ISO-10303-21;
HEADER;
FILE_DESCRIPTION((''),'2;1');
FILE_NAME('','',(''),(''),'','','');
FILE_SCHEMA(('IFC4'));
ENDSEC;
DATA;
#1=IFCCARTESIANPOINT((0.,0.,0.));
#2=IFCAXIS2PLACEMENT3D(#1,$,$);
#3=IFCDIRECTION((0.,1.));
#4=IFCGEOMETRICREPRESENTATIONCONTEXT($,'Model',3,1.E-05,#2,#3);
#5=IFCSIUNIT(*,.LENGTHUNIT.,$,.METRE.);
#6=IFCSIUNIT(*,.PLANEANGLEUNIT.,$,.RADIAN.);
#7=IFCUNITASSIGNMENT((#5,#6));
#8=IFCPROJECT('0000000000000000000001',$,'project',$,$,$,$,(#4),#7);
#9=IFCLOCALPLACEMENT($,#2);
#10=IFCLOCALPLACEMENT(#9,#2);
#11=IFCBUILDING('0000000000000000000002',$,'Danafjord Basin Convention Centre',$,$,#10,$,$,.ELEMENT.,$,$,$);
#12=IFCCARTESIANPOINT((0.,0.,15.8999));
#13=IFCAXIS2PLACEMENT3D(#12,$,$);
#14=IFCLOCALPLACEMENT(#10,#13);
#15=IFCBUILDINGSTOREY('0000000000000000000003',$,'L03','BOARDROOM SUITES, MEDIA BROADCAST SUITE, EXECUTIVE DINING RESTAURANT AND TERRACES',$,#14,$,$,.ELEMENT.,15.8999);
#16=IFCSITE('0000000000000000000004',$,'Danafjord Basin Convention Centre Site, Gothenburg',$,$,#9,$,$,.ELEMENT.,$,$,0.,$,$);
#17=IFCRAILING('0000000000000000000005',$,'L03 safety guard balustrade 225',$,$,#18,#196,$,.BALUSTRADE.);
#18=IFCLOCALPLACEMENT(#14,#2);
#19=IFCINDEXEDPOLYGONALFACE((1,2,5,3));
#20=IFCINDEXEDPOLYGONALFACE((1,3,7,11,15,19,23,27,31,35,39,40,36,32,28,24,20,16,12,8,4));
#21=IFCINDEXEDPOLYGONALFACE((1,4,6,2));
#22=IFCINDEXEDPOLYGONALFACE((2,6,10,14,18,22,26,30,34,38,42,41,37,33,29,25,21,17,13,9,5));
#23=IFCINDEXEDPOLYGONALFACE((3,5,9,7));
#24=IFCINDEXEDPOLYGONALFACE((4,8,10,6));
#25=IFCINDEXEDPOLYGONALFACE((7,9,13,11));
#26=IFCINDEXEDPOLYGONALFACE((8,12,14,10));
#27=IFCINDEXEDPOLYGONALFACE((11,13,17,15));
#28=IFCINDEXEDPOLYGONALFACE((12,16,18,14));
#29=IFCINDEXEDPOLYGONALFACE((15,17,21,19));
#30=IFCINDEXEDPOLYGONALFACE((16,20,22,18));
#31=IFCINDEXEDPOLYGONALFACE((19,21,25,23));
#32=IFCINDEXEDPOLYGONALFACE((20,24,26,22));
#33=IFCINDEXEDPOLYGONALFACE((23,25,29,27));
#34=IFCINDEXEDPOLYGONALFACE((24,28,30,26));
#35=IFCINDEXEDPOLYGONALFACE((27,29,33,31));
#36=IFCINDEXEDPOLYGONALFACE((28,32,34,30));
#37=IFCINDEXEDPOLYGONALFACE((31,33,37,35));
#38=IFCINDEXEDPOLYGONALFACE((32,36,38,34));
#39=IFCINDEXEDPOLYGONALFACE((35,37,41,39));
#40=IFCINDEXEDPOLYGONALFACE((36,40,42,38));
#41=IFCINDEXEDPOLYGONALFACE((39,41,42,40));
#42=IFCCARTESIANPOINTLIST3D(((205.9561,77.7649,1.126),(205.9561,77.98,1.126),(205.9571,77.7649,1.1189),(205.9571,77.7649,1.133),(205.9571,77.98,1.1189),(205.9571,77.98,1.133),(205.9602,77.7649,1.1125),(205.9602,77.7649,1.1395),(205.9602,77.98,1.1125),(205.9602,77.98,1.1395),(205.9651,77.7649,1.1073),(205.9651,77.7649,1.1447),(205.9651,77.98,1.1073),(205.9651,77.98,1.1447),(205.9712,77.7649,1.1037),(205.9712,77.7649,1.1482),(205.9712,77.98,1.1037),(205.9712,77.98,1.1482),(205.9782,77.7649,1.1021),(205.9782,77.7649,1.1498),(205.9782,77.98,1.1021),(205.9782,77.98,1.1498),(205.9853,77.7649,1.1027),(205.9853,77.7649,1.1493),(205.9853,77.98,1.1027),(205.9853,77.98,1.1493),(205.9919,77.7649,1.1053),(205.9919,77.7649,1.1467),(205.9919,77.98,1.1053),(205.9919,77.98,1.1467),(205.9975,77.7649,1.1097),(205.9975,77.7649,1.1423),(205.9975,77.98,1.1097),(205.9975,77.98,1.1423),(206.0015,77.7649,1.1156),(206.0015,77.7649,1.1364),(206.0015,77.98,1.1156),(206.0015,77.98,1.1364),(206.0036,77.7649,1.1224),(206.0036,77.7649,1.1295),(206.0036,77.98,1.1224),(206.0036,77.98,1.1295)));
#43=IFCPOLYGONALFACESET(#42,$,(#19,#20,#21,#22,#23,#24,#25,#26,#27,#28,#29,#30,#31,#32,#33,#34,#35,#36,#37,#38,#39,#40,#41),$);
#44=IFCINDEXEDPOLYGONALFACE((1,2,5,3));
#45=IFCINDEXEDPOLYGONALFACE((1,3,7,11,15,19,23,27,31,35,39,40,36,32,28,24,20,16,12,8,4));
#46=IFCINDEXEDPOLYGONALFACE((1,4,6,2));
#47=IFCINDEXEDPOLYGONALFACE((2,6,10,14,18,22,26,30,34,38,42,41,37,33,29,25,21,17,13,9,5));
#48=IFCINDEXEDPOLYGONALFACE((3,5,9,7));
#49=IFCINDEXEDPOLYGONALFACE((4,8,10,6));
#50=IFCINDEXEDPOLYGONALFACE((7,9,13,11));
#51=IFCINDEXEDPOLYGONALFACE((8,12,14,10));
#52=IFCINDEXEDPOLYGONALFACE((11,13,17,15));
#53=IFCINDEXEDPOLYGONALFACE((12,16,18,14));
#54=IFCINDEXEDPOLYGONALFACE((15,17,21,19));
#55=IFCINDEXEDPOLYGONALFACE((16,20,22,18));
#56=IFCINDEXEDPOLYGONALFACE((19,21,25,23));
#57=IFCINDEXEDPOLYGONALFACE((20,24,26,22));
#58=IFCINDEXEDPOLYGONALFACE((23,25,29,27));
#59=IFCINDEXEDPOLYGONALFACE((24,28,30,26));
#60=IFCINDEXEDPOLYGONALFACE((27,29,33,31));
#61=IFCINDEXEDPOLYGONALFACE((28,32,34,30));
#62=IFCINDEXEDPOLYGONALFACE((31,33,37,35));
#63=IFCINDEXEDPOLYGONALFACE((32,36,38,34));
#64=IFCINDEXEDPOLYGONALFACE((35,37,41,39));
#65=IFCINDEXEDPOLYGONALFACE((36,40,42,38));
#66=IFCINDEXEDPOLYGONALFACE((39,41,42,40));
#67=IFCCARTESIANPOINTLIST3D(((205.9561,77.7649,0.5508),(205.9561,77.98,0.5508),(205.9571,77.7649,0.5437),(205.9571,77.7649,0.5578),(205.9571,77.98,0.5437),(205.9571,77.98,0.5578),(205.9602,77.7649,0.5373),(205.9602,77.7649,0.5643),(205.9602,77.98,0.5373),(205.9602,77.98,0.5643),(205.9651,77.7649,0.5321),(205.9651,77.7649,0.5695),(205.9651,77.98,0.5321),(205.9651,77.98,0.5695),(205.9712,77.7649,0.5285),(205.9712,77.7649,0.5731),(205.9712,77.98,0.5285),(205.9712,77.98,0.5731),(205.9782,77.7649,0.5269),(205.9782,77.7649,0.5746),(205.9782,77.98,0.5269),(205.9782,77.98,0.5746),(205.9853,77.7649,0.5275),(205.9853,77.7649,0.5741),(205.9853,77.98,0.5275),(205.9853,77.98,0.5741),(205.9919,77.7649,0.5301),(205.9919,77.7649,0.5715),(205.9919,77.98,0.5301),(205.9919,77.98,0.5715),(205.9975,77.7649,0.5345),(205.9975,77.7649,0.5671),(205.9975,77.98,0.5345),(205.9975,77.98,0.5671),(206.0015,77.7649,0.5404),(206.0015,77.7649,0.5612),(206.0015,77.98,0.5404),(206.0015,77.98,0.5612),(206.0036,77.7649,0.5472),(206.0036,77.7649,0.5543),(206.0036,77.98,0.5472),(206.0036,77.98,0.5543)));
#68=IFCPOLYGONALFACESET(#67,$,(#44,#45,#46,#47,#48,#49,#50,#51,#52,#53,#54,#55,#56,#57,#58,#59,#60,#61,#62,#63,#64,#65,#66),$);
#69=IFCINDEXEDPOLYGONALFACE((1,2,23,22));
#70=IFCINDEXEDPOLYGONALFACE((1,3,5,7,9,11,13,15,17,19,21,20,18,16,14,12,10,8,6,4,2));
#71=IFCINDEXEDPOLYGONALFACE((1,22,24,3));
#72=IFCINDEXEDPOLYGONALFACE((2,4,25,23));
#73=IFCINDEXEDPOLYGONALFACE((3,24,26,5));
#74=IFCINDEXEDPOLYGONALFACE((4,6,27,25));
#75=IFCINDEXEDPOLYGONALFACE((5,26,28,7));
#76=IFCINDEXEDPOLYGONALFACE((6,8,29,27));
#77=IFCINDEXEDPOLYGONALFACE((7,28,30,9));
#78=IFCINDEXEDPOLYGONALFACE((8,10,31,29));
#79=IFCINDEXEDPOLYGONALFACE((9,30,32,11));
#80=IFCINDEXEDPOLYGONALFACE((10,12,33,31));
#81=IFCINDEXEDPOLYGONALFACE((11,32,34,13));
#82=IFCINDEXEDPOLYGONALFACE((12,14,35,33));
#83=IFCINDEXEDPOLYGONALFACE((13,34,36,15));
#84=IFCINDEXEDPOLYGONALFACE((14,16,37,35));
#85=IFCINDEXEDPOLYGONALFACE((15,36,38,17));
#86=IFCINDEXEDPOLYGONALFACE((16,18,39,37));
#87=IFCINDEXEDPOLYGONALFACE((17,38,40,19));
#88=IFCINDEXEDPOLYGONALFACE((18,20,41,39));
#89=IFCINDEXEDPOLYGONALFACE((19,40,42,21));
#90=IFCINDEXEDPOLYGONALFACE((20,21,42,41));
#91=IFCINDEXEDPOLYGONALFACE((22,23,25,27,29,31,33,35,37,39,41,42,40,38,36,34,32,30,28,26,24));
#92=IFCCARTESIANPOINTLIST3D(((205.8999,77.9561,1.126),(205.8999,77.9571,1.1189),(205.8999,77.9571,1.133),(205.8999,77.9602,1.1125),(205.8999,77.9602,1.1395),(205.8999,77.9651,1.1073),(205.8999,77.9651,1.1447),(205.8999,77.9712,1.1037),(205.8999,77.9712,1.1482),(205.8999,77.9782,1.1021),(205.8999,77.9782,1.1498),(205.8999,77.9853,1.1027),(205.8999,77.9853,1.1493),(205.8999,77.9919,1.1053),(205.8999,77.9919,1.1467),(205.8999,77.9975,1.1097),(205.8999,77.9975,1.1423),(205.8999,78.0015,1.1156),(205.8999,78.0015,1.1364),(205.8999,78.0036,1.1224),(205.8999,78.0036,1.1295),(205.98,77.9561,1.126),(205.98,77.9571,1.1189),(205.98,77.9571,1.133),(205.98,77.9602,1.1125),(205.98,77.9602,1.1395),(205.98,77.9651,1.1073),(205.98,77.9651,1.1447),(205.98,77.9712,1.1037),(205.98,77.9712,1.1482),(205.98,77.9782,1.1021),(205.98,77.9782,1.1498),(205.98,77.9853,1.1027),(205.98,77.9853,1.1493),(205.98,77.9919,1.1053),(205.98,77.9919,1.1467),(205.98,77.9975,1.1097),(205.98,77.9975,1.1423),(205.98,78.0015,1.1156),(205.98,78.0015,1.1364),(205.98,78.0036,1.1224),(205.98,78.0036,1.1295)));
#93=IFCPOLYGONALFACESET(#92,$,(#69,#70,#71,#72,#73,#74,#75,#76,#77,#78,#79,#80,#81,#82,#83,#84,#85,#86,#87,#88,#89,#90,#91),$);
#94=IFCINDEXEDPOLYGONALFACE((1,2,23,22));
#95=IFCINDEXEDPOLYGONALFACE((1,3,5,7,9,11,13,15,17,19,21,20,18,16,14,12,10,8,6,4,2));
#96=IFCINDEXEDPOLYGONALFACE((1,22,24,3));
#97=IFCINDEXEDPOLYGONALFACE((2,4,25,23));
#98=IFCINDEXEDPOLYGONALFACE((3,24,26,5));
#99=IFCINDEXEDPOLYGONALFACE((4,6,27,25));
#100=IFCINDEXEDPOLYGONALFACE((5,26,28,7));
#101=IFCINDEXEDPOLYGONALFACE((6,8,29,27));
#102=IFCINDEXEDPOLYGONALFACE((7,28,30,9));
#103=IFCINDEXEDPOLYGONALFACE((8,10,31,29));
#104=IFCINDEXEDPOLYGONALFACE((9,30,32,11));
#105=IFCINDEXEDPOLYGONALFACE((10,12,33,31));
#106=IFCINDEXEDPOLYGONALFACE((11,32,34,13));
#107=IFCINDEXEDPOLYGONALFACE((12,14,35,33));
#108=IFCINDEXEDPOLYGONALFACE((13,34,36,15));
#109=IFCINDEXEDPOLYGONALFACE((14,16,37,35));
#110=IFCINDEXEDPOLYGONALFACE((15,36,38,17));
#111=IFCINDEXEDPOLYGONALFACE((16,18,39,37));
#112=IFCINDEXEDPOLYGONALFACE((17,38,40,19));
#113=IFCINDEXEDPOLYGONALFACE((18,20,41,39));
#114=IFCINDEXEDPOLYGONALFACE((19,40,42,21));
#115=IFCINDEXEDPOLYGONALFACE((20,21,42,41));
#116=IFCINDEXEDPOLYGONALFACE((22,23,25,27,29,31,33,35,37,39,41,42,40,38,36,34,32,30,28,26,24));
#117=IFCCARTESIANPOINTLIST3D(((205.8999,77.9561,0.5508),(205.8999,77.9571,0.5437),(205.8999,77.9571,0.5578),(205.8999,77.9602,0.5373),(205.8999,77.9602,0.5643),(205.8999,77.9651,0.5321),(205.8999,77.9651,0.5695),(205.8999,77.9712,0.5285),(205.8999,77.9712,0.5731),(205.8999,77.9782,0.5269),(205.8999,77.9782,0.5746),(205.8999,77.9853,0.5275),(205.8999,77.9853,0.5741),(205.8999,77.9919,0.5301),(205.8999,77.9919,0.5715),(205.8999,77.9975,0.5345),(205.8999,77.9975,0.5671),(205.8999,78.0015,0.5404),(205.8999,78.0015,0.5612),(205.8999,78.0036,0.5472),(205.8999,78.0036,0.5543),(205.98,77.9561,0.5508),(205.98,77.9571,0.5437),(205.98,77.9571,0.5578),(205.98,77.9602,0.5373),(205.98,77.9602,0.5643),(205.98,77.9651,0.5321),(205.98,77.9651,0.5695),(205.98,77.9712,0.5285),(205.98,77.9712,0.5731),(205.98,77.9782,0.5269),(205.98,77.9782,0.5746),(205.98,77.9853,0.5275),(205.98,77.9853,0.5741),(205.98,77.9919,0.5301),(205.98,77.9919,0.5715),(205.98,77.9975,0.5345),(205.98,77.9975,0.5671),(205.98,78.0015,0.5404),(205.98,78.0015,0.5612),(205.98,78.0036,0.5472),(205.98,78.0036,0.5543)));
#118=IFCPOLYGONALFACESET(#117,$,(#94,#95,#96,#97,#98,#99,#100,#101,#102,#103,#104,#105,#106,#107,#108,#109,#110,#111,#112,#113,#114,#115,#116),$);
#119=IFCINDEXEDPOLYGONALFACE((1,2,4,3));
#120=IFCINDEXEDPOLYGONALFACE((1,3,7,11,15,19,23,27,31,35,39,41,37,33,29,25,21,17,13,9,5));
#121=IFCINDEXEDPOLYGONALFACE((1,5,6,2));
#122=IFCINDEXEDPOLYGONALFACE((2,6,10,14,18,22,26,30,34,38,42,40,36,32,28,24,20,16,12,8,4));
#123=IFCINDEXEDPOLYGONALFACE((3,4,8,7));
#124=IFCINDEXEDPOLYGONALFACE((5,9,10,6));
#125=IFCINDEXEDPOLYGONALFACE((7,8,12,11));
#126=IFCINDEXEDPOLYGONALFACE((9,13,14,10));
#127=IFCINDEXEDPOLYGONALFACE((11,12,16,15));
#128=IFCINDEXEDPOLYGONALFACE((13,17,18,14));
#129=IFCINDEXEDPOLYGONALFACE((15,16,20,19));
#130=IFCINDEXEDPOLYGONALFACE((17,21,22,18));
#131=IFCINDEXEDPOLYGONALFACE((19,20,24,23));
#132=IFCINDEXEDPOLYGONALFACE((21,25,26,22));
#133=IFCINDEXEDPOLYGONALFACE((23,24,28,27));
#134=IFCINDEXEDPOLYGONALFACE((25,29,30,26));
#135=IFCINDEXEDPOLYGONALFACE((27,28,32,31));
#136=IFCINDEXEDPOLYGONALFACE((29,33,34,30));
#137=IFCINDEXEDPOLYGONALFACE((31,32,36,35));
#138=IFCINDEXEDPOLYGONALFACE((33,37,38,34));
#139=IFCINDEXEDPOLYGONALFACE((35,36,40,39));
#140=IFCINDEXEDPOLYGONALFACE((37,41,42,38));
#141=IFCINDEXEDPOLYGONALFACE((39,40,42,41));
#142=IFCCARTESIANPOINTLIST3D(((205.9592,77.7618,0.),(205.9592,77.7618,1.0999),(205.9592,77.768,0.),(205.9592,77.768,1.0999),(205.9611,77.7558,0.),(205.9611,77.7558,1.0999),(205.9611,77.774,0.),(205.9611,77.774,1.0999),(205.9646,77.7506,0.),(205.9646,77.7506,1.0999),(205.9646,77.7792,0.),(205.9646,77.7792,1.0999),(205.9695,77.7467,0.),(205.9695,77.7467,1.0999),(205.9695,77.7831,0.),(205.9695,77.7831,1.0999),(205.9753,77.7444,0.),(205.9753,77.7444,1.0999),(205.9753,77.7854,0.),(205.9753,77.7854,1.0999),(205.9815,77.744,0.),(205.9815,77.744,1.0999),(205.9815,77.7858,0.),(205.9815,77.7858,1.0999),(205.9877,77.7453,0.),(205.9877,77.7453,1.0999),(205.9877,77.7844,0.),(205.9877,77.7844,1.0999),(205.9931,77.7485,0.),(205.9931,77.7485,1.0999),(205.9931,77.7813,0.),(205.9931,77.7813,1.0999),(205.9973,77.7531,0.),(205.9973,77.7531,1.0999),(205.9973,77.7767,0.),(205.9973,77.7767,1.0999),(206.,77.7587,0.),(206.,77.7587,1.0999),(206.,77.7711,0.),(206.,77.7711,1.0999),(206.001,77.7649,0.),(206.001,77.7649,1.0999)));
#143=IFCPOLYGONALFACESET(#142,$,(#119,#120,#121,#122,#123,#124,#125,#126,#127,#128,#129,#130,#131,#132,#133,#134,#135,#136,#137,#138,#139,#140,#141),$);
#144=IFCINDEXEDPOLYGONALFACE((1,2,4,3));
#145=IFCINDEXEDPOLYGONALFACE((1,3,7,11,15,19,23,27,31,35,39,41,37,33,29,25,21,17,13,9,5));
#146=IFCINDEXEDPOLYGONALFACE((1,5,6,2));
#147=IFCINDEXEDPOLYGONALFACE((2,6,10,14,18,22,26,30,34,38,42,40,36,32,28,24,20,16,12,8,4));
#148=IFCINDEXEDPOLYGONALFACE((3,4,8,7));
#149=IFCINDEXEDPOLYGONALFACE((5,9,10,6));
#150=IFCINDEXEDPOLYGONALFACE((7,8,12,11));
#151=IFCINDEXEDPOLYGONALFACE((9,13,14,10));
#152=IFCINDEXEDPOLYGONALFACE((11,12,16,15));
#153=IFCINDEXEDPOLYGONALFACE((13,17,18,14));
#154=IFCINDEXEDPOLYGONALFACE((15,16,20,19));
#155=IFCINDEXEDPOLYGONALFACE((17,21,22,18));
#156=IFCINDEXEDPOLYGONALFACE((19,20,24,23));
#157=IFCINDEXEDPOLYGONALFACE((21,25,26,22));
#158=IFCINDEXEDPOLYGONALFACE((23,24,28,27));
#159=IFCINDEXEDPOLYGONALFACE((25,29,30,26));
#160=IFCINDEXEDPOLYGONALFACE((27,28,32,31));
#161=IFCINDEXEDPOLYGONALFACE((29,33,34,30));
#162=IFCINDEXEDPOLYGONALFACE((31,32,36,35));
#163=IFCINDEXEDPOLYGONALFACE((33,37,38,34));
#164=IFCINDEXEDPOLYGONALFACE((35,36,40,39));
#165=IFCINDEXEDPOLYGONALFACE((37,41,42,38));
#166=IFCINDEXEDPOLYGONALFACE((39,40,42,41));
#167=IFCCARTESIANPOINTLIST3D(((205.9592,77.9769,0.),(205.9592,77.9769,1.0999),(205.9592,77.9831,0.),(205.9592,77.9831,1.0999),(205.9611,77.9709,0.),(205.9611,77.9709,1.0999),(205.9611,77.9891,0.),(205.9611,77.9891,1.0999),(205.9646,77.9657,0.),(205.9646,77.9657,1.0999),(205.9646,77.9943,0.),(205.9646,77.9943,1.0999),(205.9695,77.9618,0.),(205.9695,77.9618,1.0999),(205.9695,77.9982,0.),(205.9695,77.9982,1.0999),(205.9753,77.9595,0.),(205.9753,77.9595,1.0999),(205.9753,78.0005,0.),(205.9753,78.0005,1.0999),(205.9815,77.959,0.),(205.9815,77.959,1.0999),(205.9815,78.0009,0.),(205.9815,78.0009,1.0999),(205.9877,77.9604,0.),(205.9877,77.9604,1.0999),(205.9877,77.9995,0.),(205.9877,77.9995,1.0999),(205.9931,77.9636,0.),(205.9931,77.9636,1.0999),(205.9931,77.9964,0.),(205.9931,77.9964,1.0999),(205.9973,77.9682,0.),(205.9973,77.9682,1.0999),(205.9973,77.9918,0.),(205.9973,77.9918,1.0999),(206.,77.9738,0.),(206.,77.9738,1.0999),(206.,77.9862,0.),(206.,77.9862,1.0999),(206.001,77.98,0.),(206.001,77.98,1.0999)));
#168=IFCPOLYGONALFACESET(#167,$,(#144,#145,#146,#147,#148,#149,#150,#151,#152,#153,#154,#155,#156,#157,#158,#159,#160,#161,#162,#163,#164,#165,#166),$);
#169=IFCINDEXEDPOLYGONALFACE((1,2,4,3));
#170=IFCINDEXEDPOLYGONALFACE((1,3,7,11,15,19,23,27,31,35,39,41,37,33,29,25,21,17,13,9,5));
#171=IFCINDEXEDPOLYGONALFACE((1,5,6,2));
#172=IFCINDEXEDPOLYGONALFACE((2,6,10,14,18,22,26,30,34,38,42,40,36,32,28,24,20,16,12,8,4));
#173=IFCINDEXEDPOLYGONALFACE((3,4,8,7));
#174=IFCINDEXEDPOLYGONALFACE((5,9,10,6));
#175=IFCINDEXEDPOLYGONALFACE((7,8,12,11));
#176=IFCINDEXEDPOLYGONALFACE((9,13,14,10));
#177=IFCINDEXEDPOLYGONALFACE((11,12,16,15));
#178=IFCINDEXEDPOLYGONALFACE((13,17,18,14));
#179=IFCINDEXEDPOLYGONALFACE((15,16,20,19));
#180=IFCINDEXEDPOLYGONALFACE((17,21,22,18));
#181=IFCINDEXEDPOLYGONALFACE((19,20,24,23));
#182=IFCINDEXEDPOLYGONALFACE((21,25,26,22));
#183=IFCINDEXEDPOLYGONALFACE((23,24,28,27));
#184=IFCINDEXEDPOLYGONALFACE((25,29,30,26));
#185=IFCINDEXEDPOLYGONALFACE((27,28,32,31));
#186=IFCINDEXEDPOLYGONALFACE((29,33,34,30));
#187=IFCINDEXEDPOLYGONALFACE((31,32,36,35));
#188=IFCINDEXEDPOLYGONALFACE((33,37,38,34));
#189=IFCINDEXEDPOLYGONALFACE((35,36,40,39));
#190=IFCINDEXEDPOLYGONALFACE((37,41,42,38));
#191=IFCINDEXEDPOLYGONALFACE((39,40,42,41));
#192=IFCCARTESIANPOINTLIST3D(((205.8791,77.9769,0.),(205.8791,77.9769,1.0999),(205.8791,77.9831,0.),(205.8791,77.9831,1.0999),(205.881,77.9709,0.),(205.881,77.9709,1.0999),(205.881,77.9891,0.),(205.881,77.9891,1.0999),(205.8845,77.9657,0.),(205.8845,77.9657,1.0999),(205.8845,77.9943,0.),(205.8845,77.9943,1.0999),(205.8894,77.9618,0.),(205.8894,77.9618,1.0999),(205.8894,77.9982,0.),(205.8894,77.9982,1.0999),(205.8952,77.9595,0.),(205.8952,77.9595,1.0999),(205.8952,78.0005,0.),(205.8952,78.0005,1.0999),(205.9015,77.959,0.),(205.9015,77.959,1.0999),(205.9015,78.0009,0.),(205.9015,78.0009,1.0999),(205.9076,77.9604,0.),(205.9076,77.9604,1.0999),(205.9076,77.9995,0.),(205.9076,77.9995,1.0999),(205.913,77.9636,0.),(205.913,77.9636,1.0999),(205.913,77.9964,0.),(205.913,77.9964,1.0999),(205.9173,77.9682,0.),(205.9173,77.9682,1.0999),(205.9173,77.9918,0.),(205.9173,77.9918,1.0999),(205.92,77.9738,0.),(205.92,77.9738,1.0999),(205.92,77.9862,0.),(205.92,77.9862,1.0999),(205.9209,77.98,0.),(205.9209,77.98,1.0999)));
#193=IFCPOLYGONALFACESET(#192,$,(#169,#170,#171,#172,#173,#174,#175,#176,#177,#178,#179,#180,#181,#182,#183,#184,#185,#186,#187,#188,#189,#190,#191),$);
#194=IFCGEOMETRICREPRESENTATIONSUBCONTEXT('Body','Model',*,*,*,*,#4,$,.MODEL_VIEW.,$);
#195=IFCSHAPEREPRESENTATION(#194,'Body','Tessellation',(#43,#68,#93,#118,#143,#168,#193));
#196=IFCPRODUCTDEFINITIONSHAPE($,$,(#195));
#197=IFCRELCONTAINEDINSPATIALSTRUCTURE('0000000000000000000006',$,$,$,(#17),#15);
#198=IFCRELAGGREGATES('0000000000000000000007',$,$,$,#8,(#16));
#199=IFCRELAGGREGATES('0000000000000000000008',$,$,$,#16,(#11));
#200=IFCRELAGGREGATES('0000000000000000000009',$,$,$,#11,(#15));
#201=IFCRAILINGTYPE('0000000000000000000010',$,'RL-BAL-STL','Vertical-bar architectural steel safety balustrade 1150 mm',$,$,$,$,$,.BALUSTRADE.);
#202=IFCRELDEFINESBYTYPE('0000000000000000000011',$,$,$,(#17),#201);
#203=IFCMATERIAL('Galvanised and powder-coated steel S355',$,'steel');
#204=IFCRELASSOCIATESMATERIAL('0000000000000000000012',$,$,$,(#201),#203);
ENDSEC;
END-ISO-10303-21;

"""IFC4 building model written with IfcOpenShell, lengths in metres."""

from ifc_helpers import new_model, si_unit, direction, frame, origin, origin_2d, place, context, subcontext, project, spatial, circle, extrude, material, type_object, element, save


model = new_model("IFC4")

# Units and contexts
model_context = context("Model", 3, precision=1e-05, world=origin(), true_north=direction((0.0, 1.0)))
body_context = subcontext(model_context, "Body", "Model", "MODEL_VIEW")
ifc_project = project(units=[si_unit("LENGTHUNIT", "METRE"), si_unit("PLANEANGLEUNIT", "RADIAN")], contexts=[model_context])

# Site, building, storey
site_placement = place(None, origin())
site = spatial("IfcSite", under=ifc_project, at=site_placement, Name="Danafjord Basin Convention Centre Site, Gothenburg", CompositionType="ELEMENT", RefElevation=0.0)
building_placement = place(site_placement, origin())
building = spatial("IfcBuilding", under=site, at=building_placement, Name="Danafjord Basin Convention Centre", CompositionType="ELEMENT")
storey_placement = place(building_placement, frame((0.0, 0.0, 15.8999)))
storey = spatial("IfcBuildingStorey", under=building, at=storey_placement, Name="L03", Description="BOARDROOM SUITES, MEDIA BROADCAST SUITE, EXECUTIVE DINING RESTAURANT AND TERRACES", CompositionType="ELEMENT", Elevation=15.8999)

# Railing
ifc_material_1 = material(Name="Galvanised and powder-coated steel S355", Category="steel")
railing_type_1 = type_object("IfcRailingType", Name="RL-BAL-STL", Description="Vertical-bar architectural steel safety balustrade 1150 mm", PredefinedType="BALUSTRADE", material=ifc_material_1)
railing_1_placement = place(storey_placement, frame((205.98, 77.7649, 0.0)))
element("IfcRailing", 1, at=railing_1_placement, inside=storey, type_object=railing_type_1, Name="L03 safety guard balustrade 225", PredefinedType="BALUSTRADE", context=body_context, shape_type="SweptSolid", body=[
    extrude(circle(Radius=0.0239, at=origin_2d()), frame((0.0, 0.0, 1.126), z_axis=(0.0, 1.0, 0.0), x_axis=(-1.0, 0.0, 0.0)), (0.0, 0.0, 1.0), 0.2151),
    extrude(circle(Radius=0.0239, at=origin_2d()), frame((0.0, 0.0, 0.5508), z_axis=(0.0, 1.0, 0.0), x_axis=(-1.0, 0.0, 0.0)), (0.0, 0.0, 1.0), 0.2151),
    extrude(circle(Radius=0.0239, at=origin_2d()), frame((0.0, 0.2151, 1.126), z_axis=(-1.0, 0.0, 0.0), x_axis=(0.0, -1.0, 0.0)), (0.0, 0.0, 1.0), 0.0801),
    extrude(circle(Radius=0.0239, at=origin_2d()), frame((0.0, 0.2151, 0.5508), z_axis=(-1.0, 0.0, 0.0), x_axis=(0.0, -1.0, 0.0)), (0.0, 0.0, 1.0), 0.0801),
    extrude(circle(Radius=0.021, at=origin_2d()), origin(), (0.0, 0.0, 1.0), 1.0999),
    extrude(circle(Radius=0.021, at=origin_2d()), frame((0.0, 0.2151, 0.0)), (0.0, 0.0, 1.0), 1.0999),
    extrude(circle(Radius=0.021, at=origin_2d()), frame((-0.0801, 0.2151, 0.0)), (0.0, 0.0, 1.0), 1.0999),
])

save(model, "model.ifc")
